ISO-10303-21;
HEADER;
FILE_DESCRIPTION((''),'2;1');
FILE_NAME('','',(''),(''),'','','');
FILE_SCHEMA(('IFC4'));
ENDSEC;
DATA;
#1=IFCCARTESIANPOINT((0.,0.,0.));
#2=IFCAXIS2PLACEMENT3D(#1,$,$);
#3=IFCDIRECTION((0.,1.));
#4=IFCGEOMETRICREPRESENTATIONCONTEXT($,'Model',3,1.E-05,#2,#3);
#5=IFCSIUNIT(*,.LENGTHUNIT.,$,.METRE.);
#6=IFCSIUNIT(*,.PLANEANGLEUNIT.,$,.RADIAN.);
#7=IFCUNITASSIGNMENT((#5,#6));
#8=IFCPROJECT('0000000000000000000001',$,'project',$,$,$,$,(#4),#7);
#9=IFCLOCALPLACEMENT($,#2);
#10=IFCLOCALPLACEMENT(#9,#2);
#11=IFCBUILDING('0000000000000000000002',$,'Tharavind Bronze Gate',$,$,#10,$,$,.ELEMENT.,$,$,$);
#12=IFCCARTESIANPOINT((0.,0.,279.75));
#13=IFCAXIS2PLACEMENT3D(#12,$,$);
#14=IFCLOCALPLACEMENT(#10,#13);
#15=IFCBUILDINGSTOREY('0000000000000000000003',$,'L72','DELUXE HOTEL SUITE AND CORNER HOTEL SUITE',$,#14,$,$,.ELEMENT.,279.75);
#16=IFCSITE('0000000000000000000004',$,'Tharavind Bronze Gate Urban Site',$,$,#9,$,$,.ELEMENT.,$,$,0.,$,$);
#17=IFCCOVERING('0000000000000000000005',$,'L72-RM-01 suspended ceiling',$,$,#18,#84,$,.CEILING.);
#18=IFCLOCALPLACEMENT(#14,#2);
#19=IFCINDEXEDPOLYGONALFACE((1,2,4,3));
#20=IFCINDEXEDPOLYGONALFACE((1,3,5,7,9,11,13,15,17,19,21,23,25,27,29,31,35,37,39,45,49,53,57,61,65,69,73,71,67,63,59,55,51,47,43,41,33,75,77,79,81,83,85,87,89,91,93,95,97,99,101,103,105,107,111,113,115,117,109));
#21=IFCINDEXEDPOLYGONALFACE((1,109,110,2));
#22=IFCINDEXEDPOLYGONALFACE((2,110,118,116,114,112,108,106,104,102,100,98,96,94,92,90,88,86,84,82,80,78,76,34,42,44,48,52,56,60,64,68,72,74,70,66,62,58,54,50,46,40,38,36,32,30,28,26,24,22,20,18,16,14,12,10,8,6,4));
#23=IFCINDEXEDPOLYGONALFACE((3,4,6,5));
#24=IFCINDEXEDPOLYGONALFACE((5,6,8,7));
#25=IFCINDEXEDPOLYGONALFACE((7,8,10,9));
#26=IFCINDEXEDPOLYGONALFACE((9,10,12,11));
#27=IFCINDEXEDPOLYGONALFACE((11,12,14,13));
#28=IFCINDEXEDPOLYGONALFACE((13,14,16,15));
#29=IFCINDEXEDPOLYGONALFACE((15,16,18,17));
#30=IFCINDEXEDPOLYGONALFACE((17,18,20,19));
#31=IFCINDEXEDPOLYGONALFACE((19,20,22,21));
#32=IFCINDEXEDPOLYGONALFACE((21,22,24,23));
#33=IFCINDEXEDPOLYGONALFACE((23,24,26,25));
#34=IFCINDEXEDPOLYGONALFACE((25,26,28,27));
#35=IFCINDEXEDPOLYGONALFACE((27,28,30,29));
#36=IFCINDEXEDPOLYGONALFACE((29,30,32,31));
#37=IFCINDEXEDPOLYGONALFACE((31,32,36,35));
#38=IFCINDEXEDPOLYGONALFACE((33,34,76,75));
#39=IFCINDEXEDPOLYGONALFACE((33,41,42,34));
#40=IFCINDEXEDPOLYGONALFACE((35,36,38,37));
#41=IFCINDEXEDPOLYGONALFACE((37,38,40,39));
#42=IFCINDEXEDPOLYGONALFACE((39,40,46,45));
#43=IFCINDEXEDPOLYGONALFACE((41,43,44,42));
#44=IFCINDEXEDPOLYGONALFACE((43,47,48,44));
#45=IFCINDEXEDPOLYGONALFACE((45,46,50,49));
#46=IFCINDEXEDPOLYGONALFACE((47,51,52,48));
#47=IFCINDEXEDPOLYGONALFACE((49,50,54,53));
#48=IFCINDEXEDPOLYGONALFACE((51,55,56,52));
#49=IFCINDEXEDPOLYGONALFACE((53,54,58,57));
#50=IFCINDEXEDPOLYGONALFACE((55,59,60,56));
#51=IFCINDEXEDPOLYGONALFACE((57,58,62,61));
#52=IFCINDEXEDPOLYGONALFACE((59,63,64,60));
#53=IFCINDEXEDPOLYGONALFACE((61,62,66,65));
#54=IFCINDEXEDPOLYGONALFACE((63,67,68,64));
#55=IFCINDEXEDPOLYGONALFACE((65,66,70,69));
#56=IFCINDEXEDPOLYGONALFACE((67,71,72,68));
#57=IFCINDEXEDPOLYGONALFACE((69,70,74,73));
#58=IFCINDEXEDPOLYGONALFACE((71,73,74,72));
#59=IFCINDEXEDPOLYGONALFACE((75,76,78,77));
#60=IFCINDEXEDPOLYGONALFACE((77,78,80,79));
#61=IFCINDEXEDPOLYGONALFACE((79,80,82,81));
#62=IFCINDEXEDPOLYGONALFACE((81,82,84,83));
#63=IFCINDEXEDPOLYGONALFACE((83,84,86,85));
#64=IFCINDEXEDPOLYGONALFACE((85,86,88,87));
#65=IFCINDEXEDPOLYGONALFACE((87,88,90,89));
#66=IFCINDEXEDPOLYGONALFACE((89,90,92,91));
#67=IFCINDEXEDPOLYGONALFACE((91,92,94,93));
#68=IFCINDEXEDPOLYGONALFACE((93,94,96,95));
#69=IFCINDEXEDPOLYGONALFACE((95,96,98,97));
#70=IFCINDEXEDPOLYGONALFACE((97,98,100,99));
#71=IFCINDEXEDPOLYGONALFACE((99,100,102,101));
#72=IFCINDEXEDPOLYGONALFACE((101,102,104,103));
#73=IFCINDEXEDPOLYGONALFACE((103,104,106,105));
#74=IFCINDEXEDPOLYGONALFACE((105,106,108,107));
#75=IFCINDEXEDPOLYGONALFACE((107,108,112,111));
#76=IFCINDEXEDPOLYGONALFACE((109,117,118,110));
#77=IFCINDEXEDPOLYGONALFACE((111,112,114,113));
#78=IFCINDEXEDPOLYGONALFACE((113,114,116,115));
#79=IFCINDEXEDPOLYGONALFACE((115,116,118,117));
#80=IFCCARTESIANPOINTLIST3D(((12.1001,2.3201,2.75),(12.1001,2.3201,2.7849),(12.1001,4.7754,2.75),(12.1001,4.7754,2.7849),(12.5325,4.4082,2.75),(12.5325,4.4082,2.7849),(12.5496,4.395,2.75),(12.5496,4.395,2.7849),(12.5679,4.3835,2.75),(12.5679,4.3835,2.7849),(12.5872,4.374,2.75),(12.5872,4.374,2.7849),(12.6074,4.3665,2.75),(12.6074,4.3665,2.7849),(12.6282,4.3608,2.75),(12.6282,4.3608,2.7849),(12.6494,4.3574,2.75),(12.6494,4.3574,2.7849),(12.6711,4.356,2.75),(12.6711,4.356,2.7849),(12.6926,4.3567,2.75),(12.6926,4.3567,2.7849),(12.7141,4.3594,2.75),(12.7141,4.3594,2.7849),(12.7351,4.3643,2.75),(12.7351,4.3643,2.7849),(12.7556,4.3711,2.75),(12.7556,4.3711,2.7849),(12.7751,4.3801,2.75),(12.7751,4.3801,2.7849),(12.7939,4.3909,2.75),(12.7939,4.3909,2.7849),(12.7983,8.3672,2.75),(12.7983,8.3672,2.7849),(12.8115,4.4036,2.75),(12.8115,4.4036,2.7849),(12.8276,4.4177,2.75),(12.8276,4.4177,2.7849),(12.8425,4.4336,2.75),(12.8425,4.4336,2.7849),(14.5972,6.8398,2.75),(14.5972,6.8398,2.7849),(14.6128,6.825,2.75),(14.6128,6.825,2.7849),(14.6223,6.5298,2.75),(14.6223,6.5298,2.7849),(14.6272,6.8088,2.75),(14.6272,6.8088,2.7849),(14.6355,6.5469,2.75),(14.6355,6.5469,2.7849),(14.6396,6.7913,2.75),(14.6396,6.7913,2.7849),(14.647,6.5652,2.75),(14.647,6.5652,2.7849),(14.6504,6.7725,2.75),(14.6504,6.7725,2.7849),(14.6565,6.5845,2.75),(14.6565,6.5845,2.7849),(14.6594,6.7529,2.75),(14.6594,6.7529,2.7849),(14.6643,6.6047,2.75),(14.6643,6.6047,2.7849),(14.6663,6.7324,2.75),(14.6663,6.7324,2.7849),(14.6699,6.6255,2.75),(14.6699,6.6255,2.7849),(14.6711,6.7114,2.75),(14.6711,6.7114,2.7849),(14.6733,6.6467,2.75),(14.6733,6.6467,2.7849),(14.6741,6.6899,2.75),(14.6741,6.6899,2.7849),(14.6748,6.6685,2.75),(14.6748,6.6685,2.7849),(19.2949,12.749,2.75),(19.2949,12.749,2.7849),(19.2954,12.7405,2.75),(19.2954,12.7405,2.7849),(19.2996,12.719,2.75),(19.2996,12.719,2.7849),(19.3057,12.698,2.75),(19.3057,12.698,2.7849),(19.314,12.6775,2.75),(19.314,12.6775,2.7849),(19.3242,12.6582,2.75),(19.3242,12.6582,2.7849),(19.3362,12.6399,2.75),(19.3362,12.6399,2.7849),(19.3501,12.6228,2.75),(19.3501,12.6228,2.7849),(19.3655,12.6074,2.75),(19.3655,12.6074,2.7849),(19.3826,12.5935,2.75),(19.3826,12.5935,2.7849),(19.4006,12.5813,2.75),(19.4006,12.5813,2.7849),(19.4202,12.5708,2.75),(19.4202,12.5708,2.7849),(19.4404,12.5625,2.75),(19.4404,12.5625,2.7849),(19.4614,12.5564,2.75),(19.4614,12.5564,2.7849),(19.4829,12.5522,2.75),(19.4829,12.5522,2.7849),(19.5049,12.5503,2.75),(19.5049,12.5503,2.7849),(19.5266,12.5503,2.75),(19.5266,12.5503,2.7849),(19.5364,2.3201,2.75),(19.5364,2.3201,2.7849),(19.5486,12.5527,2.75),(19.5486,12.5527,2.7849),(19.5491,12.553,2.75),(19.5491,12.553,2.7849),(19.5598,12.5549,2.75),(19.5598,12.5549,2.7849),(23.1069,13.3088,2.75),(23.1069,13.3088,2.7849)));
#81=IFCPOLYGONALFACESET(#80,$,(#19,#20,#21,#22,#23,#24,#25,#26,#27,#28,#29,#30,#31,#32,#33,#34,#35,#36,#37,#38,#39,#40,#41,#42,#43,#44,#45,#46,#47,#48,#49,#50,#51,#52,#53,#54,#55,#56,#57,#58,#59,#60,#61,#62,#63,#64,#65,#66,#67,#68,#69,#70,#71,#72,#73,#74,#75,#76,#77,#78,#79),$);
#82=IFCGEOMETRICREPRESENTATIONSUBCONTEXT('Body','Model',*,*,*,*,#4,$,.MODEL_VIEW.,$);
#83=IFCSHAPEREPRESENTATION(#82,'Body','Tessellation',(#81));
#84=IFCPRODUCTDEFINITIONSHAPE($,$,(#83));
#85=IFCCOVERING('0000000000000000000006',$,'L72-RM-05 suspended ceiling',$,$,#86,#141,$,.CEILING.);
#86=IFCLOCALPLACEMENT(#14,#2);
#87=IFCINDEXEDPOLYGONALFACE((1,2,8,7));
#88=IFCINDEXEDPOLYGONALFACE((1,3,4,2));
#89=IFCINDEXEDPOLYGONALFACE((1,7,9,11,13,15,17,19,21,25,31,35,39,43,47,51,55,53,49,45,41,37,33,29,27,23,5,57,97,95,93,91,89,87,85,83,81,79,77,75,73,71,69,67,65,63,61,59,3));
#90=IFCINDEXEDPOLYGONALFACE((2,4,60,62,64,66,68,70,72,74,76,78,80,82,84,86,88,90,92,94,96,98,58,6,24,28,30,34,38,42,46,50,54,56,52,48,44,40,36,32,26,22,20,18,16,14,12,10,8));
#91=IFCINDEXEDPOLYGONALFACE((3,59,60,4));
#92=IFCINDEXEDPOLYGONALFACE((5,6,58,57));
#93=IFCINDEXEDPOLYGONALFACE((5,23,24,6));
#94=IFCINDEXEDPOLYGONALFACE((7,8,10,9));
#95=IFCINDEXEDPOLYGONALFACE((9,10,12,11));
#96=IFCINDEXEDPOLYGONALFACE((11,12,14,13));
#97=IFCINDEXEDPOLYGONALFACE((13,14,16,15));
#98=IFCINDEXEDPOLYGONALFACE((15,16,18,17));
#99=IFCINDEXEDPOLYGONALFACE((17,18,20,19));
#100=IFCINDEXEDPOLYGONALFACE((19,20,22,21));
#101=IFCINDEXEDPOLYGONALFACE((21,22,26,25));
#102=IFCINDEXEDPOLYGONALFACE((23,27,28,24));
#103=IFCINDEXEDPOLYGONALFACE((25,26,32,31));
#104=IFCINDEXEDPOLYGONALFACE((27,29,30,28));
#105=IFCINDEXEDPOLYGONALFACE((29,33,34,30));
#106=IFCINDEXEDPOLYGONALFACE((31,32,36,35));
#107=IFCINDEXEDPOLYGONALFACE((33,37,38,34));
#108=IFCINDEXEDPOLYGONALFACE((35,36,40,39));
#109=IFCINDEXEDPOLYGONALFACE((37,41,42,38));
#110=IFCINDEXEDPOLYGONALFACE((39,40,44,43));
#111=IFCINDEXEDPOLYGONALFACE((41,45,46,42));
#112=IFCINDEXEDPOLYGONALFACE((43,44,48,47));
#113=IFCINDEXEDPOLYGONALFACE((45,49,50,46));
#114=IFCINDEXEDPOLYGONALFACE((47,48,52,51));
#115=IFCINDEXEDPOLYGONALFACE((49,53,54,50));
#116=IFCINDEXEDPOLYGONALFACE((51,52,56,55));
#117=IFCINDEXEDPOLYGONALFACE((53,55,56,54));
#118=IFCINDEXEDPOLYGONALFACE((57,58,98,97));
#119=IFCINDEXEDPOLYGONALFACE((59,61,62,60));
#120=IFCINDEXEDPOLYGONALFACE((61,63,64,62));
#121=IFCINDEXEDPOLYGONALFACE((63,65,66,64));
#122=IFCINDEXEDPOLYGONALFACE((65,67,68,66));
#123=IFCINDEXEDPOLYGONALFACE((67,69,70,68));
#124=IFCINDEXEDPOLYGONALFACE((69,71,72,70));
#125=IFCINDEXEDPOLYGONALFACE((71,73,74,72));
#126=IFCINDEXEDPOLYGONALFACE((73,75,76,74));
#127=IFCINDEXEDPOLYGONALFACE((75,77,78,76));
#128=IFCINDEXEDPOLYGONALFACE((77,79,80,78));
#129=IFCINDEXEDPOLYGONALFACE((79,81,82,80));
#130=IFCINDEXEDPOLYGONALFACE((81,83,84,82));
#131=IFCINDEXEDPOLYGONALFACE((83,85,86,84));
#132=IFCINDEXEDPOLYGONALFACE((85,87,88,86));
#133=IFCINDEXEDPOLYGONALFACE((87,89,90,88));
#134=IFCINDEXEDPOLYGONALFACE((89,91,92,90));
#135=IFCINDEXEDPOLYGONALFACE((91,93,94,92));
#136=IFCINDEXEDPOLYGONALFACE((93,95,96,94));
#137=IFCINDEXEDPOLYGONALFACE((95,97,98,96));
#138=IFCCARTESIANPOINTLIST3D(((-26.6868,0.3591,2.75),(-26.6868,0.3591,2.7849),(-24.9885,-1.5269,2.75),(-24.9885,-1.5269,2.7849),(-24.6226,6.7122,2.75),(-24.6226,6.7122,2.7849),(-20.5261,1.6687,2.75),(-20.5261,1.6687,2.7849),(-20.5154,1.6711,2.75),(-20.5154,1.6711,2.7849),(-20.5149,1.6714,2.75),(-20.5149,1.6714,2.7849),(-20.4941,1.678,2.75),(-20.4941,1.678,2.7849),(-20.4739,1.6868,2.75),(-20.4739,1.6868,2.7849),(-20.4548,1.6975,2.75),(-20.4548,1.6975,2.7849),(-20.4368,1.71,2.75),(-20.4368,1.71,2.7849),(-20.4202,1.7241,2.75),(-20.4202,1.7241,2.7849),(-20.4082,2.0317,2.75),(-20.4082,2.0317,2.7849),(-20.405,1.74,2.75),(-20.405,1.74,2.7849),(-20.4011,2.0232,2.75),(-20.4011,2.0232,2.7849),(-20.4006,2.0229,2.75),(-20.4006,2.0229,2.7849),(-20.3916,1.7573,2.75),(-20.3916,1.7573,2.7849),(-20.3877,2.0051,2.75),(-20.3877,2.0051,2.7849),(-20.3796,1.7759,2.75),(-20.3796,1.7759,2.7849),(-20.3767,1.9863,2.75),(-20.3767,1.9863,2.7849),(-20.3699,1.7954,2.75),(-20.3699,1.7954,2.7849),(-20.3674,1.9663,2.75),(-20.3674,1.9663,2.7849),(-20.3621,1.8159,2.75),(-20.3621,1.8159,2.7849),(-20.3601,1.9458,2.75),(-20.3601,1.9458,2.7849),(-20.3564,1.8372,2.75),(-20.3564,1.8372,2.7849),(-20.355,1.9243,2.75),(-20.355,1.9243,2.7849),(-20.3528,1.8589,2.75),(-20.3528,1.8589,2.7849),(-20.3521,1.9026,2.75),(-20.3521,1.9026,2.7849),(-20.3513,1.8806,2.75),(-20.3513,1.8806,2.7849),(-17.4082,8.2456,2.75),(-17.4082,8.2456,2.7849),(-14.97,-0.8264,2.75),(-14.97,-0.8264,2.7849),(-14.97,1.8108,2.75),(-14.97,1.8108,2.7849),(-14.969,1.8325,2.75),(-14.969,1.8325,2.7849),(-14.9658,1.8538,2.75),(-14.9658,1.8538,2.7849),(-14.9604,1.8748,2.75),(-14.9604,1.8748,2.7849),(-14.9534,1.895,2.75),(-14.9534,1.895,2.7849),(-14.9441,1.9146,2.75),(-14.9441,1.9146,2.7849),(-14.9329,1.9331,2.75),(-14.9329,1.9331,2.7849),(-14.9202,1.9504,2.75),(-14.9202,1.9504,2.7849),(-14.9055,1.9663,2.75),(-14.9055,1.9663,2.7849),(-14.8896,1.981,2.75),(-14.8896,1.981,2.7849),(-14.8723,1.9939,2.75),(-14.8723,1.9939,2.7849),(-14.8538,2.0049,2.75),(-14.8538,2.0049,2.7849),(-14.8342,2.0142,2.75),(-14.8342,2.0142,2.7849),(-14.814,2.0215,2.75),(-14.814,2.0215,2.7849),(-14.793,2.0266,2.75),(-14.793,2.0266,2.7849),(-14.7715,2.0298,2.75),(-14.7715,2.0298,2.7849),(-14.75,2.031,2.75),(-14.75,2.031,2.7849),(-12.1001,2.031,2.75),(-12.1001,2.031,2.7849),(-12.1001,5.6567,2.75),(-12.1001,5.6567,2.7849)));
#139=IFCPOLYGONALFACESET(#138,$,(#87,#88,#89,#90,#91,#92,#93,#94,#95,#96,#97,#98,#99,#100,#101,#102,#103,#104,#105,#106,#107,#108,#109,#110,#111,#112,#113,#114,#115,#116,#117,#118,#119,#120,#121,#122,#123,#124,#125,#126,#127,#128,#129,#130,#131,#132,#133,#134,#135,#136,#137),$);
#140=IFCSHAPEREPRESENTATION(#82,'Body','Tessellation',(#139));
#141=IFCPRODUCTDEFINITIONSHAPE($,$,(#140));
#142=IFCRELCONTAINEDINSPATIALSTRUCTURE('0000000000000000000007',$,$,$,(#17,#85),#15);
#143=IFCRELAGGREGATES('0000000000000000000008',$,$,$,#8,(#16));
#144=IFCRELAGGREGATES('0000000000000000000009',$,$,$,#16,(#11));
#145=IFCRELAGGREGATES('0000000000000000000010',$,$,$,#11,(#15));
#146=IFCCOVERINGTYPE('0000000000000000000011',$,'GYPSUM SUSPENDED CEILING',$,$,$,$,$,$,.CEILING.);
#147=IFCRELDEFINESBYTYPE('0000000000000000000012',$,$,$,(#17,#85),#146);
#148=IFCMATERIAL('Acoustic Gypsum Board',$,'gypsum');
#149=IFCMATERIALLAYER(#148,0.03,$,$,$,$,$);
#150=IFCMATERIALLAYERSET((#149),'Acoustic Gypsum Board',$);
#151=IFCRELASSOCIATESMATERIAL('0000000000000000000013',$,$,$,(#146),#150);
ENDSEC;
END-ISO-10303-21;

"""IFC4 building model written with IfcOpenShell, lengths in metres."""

from ifc_helpers import new_model, si_unit, direction, frame, origin, place, context, subcontext, project, spatial, polyline, outline, extrude, material, layer, layer_set, type_object, element, save


model = new_model("IFC4")

# Units and contexts
model_context = context("Model", 3, precision=1e-05, world=origin(), true_north=direction((0.0, 1.0)))
body_context = subcontext(model_context, "Body", "Model", "MODEL_VIEW")
ifc_project = project(units=[si_unit("LENGTHUNIT", "METRE"), si_unit("PLANEANGLEUNIT", "RADIAN")], contexts=[model_context])

# Site, building, storey
site_placement = place(None, origin())
site = spatial("IfcSite", under=ifc_project, at=site_placement, Name="Tharavind Bronze Gate Urban Site", CompositionType="ELEMENT", RefElevation=0.0)
building_placement = place(site_placement, origin())
building = spatial("IfcBuilding", under=site, at=building_placement, Name="Tharavind Bronze Gate", CompositionType="ELEMENT")
storey_placement = place(building_placement, frame((0.0, 0.0, 279.75)))
storey = spatial("IfcBuildingStorey", under=building, at=storey_placement, Name="L72", Description="DELUXE HOTEL SUITE AND CORNER HOTEL SUITE", CompositionType="ELEMENT", Elevation=279.75)

# Coverings
ifc_material_1 = material(Name="Acoustic Gypsum Board", Category="gypsum")
ifc_layer_1 = layer(ifc_material_1, 0.03)
ifc_layer_set_1 = layer_set([ifc_layer_1], Name="Acoustic Gypsum Board")
covering_type_1 = type_object("IfcCoveringType", Name="GYPSUM SUSPENDED CEILING", PredefinedType="CEILING", material=ifc_layer_set_1)
covering_1_placement = place(storey_placement, frame((0.0, 0.0, 2.75)))
element("IfcCovering", 1, at=covering_1_placement, inside=storey, type_object=covering_type_1, Name="L72-RM-01 suspended ceiling", PredefinedType="CEILING", context=body_context, shape_type="SweptSolid", body=[
    extrude(outline(polyline([(19.5364, 2.3201), (23.1069, 13.3088), (19.5598, 12.5549), (19.5491, 12.553), (19.5486, 12.5527), (19.5266, 12.5503), (19.5049, 12.5503), (19.4829, 12.5522), (19.4614, 12.5564), (19.4404, 12.5625), (19.4202, 12.5708), (19.4006, 12.5813), (19.3826, 12.5935), (19.3655, 12.6074), (19.3501, 12.6228), (19.3362, 12.6399), (19.3242, 12.6582), (19.314, 12.6775), (19.3057, 12.698), (19.2996, 12.719), (19.2954, 12.7405), (19.2949, 12.749), (12.7983, 8.3672), (14.5972, 6.8398), (14.6128, 6.825), (14.6272, 6.8088), (14.6396, 6.7913), (14.6504, 6.7725), (14.6594, 6.7529), (14.6663, 6.7324), (14.6711, 6.7114), (14.6741, 6.6899), (14.6748, 6.6685), (14.6733, 6.6467), (14.6699, 6.6255), (14.6643, 6.6047), (14.6565, 6.5845), (14.647, 6.5652), (14.6355, 6.5469), (14.6223, 6.5298), (12.8425, 4.4336), (12.8276, 4.4177), (12.8115, 4.4036), (12.7939, 4.3909), (12.7751, 4.3801), (12.7556, 4.3711), (12.7351, 4.3643), (12.7141, 4.3594), (12.6926, 4.3567), (12.6711, 4.356), (12.6494, 4.3574), (12.6282, 4.3608), (12.6074, 4.3665), (12.5872, 4.374), (12.5679, 4.3835), (12.5496, 4.395), (12.5325, 4.4082), (12.1001, 4.7754), (12.1001, 2.3201), (19.5364, 2.3201)])), origin(), (0.0, 0.0, 1.0), 0.0349),
])
covering_2_placement = place(storey_placement, frame((0.0, 0.0, 2.75)))
element("IfcCovering", 2, at=covering_2_placement, inside=storey, type_object=covering_type_1, Name="L72-RM-05 suspended ceiling", PredefinedType="CEILING", context=body_context, shape_type="SweptSolid", body=[
    extrude(outline(polyline([(-24.9885, -1.5269), (-14.97, -0.8264), (-14.97, 1.8108), (-14.969, 1.8325), (-14.9658, 1.8538), (-14.9604, 1.8748), (-14.9534, 1.895), (-14.9441, 1.9146), (-14.9329, 1.9331), (-14.9202, 1.9504), (-14.9055, 1.9663), (-14.8896, 1.981), (-14.8723, 1.9939), (-14.8538, 2.0049), (-14.8342, 2.0142), (-14.814, 2.0215), (-14.793, 2.0266), (-14.7715, 2.0298), (-14.75, 2.031), (-12.1001, 2.031), (-12.1001, 5.6567), (-17.4082, 8.2456), (-24.6226, 6.7122), (-20.4082, 2.0317), (-20.4011, 2.0232), (-20.4006, 2.0229), (-20.3877, 2.0051), (-20.3767, 1.9863), (-20.3674, 1.9663), (-20.3601, 1.9458), (-20.355, 1.9243), (-20.3521, 1.9026), (-20.3513, 1.8806), (-20.3528, 1.8589), (-20.3564, 1.8372), (-20.3621, 1.8159), (-20.3699, 1.7954), (-20.3796, 1.7759), (-20.3916, 1.7573), (-20.405, 1.74), (-20.4202, 1.7241), (-20.4368, 1.71), (-20.4548, 1.6975), (-20.4739, 1.6868), (-20.4941, 1.678), (-20.5149, 1.6714), (-20.5154, 1.6711), (-20.5261, 1.6687), (-26.6868, 0.3591), (-24.9885, -1.5269)])), origin(), (0.0, 0.0, 1.0), 0.0349),
])

save(model, "model.ifc")
